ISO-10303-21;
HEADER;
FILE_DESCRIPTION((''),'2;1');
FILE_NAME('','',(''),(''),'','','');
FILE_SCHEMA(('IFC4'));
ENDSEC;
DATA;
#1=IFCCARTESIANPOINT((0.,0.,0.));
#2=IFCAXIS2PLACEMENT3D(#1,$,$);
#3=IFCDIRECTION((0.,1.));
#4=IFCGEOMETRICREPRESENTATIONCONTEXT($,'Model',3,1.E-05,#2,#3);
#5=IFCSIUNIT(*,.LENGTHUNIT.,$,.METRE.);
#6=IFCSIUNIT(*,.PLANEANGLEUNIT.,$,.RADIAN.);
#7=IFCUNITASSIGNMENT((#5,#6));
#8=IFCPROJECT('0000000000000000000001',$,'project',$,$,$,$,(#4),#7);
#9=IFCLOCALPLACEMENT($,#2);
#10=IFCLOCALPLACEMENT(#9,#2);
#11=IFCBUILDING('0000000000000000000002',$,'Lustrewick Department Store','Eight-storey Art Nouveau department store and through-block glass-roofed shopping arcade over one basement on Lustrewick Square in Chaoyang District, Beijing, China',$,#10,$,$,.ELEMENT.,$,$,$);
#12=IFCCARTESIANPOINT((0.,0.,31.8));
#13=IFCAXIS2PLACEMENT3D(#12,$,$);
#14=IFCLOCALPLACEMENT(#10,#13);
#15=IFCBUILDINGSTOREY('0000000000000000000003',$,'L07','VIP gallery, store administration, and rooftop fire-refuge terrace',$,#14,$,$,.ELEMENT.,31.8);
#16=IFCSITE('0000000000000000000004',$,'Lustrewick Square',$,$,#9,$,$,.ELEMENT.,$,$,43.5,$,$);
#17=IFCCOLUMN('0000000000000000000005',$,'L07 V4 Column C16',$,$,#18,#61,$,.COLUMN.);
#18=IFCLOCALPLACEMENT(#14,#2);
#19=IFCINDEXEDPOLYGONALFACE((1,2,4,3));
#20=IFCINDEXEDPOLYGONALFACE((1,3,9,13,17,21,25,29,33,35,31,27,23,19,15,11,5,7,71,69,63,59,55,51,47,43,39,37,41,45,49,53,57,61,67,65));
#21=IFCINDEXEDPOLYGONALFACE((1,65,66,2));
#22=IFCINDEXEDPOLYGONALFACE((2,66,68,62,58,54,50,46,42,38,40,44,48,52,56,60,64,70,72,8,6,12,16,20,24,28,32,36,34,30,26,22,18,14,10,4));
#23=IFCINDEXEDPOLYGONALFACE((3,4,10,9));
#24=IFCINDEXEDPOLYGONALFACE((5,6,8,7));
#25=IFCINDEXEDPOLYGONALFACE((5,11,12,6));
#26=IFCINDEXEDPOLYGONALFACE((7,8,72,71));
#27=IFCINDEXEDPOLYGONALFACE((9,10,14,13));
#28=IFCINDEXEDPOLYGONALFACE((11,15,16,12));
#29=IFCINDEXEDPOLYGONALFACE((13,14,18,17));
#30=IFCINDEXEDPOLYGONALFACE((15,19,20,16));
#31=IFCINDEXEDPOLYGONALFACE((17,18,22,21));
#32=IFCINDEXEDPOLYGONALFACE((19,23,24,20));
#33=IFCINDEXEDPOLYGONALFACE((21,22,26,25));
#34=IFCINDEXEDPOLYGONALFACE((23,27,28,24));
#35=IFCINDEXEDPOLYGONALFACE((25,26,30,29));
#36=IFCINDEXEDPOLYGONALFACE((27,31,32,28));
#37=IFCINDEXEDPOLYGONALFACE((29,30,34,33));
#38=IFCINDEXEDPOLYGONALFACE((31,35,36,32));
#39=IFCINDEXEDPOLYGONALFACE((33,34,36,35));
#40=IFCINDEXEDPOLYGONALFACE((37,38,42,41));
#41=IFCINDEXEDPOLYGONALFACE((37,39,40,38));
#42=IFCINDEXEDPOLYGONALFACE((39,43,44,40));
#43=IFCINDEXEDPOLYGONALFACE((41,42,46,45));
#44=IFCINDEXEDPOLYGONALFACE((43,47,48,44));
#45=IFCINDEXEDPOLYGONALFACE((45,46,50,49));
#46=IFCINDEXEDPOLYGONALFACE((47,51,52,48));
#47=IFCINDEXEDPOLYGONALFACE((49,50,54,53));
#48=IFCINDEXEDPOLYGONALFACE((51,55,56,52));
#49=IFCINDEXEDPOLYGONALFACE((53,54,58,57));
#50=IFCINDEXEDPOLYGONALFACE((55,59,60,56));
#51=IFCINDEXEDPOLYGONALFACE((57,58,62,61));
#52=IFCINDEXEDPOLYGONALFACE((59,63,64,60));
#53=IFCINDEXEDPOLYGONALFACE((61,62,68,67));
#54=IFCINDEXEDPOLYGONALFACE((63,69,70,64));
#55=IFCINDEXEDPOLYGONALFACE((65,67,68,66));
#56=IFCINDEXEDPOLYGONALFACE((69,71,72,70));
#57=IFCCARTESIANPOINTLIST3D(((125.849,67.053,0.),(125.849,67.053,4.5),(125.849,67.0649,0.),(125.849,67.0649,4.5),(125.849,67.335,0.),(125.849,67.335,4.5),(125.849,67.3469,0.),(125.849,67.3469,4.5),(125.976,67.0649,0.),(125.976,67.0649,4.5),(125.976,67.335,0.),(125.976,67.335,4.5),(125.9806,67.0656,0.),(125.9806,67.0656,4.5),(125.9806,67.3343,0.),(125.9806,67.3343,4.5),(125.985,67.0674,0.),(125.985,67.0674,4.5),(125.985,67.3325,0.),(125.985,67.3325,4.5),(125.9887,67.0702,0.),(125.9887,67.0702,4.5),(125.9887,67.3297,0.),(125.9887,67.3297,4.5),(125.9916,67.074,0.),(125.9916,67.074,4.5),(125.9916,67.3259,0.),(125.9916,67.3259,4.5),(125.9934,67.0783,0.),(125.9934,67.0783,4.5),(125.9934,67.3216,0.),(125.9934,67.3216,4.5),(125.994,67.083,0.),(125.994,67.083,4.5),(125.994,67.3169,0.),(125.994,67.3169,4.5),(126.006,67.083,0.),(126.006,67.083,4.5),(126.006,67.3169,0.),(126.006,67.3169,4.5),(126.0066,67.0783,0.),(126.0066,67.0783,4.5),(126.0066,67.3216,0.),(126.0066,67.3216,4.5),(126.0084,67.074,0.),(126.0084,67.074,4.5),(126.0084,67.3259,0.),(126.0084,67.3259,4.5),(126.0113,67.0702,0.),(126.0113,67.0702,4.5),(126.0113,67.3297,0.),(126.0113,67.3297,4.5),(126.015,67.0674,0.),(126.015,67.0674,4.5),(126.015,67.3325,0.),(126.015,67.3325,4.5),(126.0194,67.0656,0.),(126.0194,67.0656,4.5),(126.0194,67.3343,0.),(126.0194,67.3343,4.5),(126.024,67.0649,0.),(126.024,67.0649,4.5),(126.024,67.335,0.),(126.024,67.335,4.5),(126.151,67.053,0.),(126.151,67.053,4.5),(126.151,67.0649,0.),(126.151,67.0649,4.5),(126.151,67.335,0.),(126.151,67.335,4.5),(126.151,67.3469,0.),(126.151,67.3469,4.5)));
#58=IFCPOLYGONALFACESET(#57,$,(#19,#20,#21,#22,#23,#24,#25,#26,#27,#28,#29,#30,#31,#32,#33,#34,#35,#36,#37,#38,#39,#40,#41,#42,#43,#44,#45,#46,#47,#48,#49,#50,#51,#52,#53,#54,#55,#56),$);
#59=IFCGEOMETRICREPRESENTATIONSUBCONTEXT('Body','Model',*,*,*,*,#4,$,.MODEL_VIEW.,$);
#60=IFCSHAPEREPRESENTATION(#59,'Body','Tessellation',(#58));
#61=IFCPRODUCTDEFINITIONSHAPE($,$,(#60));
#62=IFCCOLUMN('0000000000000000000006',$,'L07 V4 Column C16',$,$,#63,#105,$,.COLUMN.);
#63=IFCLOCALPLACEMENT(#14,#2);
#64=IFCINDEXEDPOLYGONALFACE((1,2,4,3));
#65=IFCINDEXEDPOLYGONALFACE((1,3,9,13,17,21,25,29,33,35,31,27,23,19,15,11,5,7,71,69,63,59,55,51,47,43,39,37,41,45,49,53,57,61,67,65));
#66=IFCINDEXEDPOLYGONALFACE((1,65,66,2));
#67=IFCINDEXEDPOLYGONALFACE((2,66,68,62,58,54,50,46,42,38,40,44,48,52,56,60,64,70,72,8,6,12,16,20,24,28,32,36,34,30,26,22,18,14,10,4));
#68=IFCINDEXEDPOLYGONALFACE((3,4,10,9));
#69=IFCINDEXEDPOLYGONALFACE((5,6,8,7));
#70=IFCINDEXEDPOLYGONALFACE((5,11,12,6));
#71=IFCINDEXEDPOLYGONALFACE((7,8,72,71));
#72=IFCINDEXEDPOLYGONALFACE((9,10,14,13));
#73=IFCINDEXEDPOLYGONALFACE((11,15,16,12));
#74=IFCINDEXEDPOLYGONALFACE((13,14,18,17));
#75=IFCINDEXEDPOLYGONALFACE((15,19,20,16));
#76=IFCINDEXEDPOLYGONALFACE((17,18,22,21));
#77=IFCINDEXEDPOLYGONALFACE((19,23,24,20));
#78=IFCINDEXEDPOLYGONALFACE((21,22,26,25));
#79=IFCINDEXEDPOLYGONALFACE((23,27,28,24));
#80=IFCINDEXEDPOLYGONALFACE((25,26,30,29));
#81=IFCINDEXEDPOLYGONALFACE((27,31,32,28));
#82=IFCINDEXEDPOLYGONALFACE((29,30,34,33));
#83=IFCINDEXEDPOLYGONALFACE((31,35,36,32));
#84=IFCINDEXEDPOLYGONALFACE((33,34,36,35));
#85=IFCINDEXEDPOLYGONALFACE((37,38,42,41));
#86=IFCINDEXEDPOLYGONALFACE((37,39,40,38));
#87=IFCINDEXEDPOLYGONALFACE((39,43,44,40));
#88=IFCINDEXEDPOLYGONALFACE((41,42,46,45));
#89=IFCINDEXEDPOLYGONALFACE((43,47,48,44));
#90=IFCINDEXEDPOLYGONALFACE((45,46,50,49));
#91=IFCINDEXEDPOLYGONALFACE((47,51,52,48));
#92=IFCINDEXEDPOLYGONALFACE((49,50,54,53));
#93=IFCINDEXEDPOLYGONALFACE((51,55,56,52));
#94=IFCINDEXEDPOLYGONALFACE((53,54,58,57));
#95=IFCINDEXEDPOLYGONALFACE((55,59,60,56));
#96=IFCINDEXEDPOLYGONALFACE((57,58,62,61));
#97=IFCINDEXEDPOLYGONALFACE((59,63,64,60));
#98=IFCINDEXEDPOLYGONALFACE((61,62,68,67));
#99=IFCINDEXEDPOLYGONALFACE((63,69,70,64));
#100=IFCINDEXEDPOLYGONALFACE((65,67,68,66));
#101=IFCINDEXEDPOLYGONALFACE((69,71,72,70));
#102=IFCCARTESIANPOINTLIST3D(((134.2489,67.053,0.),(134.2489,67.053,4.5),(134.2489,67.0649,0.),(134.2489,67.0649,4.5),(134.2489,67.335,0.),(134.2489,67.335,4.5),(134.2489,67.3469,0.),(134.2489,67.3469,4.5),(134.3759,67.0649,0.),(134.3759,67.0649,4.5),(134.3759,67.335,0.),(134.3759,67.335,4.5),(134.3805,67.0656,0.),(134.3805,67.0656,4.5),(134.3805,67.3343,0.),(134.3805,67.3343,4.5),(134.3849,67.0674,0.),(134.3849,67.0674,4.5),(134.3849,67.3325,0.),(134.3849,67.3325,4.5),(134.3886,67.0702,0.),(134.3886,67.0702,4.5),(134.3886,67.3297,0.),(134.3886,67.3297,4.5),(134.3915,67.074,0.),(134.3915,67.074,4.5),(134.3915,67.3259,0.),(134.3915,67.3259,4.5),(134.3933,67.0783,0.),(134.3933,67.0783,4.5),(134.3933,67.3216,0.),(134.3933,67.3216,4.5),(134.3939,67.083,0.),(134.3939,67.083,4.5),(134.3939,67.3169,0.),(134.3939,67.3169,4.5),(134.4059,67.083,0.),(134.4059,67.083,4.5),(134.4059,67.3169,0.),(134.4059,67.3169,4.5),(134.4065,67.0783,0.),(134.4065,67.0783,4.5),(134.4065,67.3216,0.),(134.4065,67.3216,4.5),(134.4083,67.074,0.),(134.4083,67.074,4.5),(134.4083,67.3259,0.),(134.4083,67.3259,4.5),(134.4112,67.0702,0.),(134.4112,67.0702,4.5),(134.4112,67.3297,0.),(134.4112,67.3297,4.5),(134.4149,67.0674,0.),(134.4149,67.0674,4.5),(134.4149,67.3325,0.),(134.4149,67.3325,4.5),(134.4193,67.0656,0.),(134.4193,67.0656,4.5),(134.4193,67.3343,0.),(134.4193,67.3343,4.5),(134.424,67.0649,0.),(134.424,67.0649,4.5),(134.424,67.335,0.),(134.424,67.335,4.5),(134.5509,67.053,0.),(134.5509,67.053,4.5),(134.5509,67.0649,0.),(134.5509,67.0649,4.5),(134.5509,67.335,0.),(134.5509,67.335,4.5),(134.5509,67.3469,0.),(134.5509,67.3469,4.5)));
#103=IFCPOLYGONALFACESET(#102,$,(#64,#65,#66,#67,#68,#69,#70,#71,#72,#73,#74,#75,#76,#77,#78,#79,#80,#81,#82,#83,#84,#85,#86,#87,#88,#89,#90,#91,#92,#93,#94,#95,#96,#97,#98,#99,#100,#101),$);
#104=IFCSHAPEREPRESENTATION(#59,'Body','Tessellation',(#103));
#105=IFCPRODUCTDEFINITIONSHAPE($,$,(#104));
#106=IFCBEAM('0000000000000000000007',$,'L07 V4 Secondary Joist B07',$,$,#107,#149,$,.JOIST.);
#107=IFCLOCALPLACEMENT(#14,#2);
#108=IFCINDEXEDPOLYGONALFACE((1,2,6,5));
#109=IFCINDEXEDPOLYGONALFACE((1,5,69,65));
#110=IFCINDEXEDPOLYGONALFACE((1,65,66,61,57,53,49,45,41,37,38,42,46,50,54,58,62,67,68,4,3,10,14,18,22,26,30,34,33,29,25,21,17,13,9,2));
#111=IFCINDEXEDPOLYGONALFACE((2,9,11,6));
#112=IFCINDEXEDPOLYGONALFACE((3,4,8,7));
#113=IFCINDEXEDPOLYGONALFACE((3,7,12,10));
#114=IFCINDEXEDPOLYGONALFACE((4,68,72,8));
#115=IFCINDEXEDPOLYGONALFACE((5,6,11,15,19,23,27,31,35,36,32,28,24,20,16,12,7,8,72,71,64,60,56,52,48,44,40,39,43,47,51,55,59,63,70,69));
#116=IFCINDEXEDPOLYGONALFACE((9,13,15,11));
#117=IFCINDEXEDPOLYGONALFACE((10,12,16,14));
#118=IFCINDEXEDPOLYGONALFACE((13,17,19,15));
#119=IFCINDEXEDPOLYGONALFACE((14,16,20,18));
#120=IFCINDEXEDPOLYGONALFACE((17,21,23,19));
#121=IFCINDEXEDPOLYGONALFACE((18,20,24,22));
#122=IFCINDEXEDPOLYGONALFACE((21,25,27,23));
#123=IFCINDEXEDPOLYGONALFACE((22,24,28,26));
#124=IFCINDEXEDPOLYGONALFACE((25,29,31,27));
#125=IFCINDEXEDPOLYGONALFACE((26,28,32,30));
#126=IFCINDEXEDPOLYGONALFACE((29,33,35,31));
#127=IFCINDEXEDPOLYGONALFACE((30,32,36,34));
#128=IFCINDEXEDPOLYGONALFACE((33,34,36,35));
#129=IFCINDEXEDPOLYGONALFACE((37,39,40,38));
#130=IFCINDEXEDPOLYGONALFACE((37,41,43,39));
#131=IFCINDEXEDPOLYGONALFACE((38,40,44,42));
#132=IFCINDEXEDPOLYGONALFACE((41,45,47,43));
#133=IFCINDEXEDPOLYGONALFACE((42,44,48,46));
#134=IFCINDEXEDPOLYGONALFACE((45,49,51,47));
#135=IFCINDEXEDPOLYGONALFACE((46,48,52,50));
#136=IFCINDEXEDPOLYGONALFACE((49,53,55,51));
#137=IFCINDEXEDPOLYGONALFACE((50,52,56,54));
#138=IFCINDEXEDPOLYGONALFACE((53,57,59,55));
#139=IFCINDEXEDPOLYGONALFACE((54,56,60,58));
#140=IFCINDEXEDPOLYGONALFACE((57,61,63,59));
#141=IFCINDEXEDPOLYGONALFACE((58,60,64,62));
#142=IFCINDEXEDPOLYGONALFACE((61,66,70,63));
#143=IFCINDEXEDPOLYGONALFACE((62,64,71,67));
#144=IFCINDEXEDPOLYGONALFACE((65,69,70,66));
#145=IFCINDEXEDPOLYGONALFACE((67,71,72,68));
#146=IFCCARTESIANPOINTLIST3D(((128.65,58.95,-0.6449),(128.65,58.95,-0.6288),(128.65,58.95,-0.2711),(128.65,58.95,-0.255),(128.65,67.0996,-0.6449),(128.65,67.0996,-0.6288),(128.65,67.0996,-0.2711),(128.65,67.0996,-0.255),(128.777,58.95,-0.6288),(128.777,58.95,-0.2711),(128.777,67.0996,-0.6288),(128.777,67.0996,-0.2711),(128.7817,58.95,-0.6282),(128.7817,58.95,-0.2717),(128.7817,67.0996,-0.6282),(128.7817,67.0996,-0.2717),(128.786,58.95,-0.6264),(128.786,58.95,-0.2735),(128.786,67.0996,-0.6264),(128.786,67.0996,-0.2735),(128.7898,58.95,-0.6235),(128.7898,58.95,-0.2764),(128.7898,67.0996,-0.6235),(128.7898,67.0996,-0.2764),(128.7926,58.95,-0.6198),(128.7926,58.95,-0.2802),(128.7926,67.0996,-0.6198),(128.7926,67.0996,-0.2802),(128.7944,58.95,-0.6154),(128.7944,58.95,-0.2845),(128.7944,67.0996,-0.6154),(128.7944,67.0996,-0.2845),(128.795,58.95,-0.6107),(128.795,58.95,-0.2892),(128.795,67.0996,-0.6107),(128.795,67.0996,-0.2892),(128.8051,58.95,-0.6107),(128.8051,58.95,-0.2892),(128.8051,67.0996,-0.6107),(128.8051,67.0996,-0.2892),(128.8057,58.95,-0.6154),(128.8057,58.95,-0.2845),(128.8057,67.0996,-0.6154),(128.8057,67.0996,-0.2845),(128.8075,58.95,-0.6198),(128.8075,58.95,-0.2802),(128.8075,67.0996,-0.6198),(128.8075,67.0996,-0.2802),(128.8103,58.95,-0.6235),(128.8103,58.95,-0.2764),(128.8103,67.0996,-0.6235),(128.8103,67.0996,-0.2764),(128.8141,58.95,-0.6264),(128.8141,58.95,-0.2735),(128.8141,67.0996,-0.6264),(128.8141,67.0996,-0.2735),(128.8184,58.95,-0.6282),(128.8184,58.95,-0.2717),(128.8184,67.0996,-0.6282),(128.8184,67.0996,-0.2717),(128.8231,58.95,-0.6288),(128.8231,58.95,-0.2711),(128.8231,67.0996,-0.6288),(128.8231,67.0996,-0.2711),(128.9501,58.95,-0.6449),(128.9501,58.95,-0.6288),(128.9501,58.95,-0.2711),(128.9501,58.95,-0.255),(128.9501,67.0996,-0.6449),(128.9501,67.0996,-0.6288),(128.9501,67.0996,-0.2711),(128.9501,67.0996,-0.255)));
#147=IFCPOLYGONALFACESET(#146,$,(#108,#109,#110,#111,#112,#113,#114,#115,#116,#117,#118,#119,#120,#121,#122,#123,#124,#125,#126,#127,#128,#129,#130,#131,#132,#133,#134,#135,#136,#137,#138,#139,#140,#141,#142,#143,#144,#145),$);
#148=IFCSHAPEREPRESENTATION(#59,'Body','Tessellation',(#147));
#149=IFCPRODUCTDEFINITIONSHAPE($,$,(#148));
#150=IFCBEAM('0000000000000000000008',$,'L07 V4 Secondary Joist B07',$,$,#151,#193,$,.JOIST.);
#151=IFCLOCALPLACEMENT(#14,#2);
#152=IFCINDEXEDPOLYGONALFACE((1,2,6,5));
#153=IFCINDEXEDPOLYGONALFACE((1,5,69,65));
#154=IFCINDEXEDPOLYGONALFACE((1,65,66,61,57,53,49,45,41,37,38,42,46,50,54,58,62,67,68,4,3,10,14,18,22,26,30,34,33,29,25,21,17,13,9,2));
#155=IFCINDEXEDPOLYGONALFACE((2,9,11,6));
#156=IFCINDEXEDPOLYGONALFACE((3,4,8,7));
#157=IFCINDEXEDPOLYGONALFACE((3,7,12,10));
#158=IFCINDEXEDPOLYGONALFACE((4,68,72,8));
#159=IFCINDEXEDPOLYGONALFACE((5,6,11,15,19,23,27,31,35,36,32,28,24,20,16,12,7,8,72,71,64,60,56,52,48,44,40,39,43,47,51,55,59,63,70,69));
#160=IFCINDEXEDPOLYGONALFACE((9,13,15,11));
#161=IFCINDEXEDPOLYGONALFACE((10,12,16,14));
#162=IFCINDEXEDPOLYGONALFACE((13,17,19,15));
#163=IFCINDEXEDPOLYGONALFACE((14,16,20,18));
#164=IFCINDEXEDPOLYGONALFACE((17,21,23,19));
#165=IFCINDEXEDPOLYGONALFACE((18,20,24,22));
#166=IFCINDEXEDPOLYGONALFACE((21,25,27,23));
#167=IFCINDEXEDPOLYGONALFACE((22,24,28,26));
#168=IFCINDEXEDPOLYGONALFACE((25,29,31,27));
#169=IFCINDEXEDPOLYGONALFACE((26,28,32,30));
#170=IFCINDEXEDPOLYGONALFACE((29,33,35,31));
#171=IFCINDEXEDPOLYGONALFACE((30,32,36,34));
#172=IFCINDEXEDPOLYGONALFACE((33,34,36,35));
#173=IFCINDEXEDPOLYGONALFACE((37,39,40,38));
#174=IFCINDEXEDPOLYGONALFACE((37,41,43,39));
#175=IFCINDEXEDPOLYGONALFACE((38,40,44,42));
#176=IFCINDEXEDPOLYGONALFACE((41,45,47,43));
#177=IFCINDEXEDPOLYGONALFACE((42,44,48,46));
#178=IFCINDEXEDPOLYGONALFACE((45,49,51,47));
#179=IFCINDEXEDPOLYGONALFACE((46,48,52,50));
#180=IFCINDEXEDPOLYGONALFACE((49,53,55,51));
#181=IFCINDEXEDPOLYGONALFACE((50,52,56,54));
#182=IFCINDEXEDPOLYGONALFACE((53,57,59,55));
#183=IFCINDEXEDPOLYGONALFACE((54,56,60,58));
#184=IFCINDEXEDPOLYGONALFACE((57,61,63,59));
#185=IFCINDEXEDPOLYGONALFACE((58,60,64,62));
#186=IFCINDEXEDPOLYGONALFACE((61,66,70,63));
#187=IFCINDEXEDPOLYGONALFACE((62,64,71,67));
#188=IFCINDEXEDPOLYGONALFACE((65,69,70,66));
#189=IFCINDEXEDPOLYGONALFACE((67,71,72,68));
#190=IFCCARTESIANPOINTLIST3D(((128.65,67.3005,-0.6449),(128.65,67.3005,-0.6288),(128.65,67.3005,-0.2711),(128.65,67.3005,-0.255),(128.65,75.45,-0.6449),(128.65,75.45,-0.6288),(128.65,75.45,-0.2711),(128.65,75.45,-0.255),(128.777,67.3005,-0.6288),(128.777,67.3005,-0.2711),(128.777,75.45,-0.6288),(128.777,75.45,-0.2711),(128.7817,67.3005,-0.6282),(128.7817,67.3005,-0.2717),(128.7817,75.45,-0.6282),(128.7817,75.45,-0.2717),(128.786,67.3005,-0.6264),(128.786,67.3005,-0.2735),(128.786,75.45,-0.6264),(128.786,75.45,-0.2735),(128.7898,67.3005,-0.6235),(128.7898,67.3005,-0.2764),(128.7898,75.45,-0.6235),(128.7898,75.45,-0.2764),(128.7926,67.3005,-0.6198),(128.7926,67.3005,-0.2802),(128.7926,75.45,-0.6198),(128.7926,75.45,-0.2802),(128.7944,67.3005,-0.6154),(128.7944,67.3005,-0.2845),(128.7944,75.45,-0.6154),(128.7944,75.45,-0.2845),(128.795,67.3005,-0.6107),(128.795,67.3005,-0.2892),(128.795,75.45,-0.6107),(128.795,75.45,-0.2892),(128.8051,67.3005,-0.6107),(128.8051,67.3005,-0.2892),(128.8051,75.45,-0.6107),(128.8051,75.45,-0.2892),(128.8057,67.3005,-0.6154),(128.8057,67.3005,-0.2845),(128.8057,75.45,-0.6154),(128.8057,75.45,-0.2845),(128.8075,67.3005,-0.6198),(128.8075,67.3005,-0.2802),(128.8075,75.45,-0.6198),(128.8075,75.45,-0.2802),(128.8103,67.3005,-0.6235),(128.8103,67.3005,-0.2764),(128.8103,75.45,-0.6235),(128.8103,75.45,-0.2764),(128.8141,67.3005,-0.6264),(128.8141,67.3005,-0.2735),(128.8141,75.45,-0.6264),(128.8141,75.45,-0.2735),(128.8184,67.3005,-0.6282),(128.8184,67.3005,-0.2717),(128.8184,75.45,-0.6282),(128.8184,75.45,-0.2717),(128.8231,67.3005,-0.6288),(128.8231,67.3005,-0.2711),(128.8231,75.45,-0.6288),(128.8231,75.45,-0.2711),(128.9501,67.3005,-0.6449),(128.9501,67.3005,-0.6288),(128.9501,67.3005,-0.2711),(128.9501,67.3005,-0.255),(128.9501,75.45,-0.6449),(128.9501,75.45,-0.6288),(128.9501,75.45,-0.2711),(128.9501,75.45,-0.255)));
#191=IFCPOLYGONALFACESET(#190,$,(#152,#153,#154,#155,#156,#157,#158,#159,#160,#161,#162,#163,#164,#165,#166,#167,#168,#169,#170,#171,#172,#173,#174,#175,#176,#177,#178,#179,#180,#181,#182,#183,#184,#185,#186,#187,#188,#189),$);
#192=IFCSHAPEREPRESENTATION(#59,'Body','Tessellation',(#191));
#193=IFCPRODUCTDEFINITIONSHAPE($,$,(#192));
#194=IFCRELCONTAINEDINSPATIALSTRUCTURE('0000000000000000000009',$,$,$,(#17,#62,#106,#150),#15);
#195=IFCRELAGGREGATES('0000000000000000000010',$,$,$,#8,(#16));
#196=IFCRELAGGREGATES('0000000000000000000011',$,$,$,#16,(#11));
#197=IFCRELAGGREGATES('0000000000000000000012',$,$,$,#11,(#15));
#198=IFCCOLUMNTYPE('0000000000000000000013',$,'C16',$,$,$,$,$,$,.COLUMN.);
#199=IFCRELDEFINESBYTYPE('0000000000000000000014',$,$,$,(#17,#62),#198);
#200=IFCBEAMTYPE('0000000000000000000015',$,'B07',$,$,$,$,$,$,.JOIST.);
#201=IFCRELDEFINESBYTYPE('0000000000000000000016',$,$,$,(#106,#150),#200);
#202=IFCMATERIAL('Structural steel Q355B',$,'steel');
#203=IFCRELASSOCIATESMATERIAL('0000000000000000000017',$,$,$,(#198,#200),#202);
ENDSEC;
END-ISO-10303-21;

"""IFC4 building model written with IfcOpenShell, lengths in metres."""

from ifc_helpers import new_model, si_unit, direction, frame, origin, origin_2d, place, context, subcontext, project, spatial, i_section, extrude, material, material_profile, profile_set, type_object, element, save


model = new_model("IFC4")

# Units and contexts
model_context = context("Model", 3, precision=1e-05, world=origin(), true_north=direction((0.0, 1.0)))
body_context = subcontext(model_context, "Body", "Model", "MODEL_VIEW")
ifc_project = project(units=[si_unit("LENGTHUNIT", "METRE"), si_unit("PLANEANGLEUNIT", "RADIAN")], contexts=[model_context])

# Site, building, storey
site_placement = place(None, origin())
site = spatial("IfcSite", under=ifc_project, at=site_placement, Name="Lustrewick Square", CompositionType="ELEMENT", RefElevation=43.5)
building_placement = place(site_placement, origin())
building = spatial("IfcBuilding", under=site, at=building_placement, Name="Lustrewick Department Store", Description="Eight-storey Art Nouveau department store and through-block glass-roofed shopping arcade over one basement on Lustrewick Square in Chaoyang District, Beijing, China", CompositionType="ELEMENT")
storey_placement = place(building_placement, frame((0.0, 0.0, 31.8)))
storey = spatial("IfcBuildingStorey", under=building, at=storey_placement, Name="L07", Description="VIP gallery, store administration, and rooftop fire-refuge terrace", CompositionType="ELEMENT", Elevation=31.8)

# Columns
ifc_material_1 = material(Name="Structural steel Q355B", Category="steel")
ifc_material_profile_1 = material_profile(ifc_material_1, i_section(OverallWidth=0.302, OverallDepth=0.2939, WebThickness=0.012, FlangeThickness=0.012, FilletRadius=0.0181, at=origin_2d()), Name="HW 294x302x12x12")
ifc_profile_set_1 = profile_set([ifc_material_profile_1], Name="Structural steel Q355B")
column_type = type_object("IfcColumnType", Name="C16", PredefinedType="COLUMN", material=ifc_profile_set_1)
for number, where, z_axis, x_axis, name in (
    (1, (126.0, 67.2, 0.0), (0.0, 0.0, 1.0), (1.0, 0.0, 0.0), "L07 V4 Column C16"),
    (2, (134.3999, 67.2, 0.0), (0.0, 0.0, 1.0), (1.0, 0.0, 0.0), "L07 V4 Column C16"),
):
    element("IfcColumn", number, at=place(storey_placement, frame(where, z_axis=z_axis, x_axis=x_axis)), inside=storey, type_object=column_type, Name=name, PredefinedType="COLUMN", context=body_context, shape_type="SweptSolid", body=[
        extrude(i_section(OverallWidth=0.302, OverallDepth=0.2939, WebThickness=0.012, FlangeThickness=0.012, FilletRadius=0.0181, at=origin_2d()), origin(), (0.0, 0.0, 1.0), 4.5),
    ])

# Beams
ifc_material_profile_2 = material_profile(ifc_material_1, i_section(OverallWidth=0.3, OverallDepth=0.3899, WebThickness=0.01, FlangeThickness=0.0161, FilletRadius=0.0181, at=origin_2d()), Name="HM 390x300x10x16")
ifc_profile_set_2 = profile_set([ifc_material_profile_2], Name="Structural steel Q355B")
beam_type_1 = type_object("IfcBeamType", Name="B07", PredefinedType="JOIST", material=ifc_profile_set_2)
beam_1_placement = place(storey_placement, frame((128.8, 58.95, -0.45), z_axis=(0.0, 1.0, 0.0), x_axis=(-1.0, 0.0, 0.0)))
element("IfcBeam", 3, at=beam_1_placement, inside=storey, type_object=beam_type_1, Name="L07 V4 Secondary Joist B07", PredefinedType="JOIST", context=body_context, shape_type="SweptSolid", body=[
    extrude(i_section(OverallWidth=0.3, OverallDepth=0.3899, WebThickness=0.01, FlangeThickness=0.0161, FilletRadius=0.0181, at=origin_2d()), origin(), (0.0, 0.0, 1.0), 8.1497),
])
beam_2_placement = place(storey_placement, frame((128.8, 67.3005, -0.45), z_axis=(0.0, 1.0, 0.0), x_axis=(-1.0, 0.0, 0.0)))
element("IfcBeam", 4, at=beam_2_placement, inside=storey, type_object=beam_type_1, Name="L07 V4 Secondary Joist B07", PredefinedType="JOIST", context=body_context, shape_type="SweptSolid", body=[
    extrude(i_section(OverallWidth=0.3, OverallDepth=0.3899, WebThickness=0.01, FlangeThickness=0.0161, FilletRadius=0.0181, at=origin_2d()), origin(), (0.0, 0.0, 1.0), 8.1494),
])

save(model, "model.ifc")
